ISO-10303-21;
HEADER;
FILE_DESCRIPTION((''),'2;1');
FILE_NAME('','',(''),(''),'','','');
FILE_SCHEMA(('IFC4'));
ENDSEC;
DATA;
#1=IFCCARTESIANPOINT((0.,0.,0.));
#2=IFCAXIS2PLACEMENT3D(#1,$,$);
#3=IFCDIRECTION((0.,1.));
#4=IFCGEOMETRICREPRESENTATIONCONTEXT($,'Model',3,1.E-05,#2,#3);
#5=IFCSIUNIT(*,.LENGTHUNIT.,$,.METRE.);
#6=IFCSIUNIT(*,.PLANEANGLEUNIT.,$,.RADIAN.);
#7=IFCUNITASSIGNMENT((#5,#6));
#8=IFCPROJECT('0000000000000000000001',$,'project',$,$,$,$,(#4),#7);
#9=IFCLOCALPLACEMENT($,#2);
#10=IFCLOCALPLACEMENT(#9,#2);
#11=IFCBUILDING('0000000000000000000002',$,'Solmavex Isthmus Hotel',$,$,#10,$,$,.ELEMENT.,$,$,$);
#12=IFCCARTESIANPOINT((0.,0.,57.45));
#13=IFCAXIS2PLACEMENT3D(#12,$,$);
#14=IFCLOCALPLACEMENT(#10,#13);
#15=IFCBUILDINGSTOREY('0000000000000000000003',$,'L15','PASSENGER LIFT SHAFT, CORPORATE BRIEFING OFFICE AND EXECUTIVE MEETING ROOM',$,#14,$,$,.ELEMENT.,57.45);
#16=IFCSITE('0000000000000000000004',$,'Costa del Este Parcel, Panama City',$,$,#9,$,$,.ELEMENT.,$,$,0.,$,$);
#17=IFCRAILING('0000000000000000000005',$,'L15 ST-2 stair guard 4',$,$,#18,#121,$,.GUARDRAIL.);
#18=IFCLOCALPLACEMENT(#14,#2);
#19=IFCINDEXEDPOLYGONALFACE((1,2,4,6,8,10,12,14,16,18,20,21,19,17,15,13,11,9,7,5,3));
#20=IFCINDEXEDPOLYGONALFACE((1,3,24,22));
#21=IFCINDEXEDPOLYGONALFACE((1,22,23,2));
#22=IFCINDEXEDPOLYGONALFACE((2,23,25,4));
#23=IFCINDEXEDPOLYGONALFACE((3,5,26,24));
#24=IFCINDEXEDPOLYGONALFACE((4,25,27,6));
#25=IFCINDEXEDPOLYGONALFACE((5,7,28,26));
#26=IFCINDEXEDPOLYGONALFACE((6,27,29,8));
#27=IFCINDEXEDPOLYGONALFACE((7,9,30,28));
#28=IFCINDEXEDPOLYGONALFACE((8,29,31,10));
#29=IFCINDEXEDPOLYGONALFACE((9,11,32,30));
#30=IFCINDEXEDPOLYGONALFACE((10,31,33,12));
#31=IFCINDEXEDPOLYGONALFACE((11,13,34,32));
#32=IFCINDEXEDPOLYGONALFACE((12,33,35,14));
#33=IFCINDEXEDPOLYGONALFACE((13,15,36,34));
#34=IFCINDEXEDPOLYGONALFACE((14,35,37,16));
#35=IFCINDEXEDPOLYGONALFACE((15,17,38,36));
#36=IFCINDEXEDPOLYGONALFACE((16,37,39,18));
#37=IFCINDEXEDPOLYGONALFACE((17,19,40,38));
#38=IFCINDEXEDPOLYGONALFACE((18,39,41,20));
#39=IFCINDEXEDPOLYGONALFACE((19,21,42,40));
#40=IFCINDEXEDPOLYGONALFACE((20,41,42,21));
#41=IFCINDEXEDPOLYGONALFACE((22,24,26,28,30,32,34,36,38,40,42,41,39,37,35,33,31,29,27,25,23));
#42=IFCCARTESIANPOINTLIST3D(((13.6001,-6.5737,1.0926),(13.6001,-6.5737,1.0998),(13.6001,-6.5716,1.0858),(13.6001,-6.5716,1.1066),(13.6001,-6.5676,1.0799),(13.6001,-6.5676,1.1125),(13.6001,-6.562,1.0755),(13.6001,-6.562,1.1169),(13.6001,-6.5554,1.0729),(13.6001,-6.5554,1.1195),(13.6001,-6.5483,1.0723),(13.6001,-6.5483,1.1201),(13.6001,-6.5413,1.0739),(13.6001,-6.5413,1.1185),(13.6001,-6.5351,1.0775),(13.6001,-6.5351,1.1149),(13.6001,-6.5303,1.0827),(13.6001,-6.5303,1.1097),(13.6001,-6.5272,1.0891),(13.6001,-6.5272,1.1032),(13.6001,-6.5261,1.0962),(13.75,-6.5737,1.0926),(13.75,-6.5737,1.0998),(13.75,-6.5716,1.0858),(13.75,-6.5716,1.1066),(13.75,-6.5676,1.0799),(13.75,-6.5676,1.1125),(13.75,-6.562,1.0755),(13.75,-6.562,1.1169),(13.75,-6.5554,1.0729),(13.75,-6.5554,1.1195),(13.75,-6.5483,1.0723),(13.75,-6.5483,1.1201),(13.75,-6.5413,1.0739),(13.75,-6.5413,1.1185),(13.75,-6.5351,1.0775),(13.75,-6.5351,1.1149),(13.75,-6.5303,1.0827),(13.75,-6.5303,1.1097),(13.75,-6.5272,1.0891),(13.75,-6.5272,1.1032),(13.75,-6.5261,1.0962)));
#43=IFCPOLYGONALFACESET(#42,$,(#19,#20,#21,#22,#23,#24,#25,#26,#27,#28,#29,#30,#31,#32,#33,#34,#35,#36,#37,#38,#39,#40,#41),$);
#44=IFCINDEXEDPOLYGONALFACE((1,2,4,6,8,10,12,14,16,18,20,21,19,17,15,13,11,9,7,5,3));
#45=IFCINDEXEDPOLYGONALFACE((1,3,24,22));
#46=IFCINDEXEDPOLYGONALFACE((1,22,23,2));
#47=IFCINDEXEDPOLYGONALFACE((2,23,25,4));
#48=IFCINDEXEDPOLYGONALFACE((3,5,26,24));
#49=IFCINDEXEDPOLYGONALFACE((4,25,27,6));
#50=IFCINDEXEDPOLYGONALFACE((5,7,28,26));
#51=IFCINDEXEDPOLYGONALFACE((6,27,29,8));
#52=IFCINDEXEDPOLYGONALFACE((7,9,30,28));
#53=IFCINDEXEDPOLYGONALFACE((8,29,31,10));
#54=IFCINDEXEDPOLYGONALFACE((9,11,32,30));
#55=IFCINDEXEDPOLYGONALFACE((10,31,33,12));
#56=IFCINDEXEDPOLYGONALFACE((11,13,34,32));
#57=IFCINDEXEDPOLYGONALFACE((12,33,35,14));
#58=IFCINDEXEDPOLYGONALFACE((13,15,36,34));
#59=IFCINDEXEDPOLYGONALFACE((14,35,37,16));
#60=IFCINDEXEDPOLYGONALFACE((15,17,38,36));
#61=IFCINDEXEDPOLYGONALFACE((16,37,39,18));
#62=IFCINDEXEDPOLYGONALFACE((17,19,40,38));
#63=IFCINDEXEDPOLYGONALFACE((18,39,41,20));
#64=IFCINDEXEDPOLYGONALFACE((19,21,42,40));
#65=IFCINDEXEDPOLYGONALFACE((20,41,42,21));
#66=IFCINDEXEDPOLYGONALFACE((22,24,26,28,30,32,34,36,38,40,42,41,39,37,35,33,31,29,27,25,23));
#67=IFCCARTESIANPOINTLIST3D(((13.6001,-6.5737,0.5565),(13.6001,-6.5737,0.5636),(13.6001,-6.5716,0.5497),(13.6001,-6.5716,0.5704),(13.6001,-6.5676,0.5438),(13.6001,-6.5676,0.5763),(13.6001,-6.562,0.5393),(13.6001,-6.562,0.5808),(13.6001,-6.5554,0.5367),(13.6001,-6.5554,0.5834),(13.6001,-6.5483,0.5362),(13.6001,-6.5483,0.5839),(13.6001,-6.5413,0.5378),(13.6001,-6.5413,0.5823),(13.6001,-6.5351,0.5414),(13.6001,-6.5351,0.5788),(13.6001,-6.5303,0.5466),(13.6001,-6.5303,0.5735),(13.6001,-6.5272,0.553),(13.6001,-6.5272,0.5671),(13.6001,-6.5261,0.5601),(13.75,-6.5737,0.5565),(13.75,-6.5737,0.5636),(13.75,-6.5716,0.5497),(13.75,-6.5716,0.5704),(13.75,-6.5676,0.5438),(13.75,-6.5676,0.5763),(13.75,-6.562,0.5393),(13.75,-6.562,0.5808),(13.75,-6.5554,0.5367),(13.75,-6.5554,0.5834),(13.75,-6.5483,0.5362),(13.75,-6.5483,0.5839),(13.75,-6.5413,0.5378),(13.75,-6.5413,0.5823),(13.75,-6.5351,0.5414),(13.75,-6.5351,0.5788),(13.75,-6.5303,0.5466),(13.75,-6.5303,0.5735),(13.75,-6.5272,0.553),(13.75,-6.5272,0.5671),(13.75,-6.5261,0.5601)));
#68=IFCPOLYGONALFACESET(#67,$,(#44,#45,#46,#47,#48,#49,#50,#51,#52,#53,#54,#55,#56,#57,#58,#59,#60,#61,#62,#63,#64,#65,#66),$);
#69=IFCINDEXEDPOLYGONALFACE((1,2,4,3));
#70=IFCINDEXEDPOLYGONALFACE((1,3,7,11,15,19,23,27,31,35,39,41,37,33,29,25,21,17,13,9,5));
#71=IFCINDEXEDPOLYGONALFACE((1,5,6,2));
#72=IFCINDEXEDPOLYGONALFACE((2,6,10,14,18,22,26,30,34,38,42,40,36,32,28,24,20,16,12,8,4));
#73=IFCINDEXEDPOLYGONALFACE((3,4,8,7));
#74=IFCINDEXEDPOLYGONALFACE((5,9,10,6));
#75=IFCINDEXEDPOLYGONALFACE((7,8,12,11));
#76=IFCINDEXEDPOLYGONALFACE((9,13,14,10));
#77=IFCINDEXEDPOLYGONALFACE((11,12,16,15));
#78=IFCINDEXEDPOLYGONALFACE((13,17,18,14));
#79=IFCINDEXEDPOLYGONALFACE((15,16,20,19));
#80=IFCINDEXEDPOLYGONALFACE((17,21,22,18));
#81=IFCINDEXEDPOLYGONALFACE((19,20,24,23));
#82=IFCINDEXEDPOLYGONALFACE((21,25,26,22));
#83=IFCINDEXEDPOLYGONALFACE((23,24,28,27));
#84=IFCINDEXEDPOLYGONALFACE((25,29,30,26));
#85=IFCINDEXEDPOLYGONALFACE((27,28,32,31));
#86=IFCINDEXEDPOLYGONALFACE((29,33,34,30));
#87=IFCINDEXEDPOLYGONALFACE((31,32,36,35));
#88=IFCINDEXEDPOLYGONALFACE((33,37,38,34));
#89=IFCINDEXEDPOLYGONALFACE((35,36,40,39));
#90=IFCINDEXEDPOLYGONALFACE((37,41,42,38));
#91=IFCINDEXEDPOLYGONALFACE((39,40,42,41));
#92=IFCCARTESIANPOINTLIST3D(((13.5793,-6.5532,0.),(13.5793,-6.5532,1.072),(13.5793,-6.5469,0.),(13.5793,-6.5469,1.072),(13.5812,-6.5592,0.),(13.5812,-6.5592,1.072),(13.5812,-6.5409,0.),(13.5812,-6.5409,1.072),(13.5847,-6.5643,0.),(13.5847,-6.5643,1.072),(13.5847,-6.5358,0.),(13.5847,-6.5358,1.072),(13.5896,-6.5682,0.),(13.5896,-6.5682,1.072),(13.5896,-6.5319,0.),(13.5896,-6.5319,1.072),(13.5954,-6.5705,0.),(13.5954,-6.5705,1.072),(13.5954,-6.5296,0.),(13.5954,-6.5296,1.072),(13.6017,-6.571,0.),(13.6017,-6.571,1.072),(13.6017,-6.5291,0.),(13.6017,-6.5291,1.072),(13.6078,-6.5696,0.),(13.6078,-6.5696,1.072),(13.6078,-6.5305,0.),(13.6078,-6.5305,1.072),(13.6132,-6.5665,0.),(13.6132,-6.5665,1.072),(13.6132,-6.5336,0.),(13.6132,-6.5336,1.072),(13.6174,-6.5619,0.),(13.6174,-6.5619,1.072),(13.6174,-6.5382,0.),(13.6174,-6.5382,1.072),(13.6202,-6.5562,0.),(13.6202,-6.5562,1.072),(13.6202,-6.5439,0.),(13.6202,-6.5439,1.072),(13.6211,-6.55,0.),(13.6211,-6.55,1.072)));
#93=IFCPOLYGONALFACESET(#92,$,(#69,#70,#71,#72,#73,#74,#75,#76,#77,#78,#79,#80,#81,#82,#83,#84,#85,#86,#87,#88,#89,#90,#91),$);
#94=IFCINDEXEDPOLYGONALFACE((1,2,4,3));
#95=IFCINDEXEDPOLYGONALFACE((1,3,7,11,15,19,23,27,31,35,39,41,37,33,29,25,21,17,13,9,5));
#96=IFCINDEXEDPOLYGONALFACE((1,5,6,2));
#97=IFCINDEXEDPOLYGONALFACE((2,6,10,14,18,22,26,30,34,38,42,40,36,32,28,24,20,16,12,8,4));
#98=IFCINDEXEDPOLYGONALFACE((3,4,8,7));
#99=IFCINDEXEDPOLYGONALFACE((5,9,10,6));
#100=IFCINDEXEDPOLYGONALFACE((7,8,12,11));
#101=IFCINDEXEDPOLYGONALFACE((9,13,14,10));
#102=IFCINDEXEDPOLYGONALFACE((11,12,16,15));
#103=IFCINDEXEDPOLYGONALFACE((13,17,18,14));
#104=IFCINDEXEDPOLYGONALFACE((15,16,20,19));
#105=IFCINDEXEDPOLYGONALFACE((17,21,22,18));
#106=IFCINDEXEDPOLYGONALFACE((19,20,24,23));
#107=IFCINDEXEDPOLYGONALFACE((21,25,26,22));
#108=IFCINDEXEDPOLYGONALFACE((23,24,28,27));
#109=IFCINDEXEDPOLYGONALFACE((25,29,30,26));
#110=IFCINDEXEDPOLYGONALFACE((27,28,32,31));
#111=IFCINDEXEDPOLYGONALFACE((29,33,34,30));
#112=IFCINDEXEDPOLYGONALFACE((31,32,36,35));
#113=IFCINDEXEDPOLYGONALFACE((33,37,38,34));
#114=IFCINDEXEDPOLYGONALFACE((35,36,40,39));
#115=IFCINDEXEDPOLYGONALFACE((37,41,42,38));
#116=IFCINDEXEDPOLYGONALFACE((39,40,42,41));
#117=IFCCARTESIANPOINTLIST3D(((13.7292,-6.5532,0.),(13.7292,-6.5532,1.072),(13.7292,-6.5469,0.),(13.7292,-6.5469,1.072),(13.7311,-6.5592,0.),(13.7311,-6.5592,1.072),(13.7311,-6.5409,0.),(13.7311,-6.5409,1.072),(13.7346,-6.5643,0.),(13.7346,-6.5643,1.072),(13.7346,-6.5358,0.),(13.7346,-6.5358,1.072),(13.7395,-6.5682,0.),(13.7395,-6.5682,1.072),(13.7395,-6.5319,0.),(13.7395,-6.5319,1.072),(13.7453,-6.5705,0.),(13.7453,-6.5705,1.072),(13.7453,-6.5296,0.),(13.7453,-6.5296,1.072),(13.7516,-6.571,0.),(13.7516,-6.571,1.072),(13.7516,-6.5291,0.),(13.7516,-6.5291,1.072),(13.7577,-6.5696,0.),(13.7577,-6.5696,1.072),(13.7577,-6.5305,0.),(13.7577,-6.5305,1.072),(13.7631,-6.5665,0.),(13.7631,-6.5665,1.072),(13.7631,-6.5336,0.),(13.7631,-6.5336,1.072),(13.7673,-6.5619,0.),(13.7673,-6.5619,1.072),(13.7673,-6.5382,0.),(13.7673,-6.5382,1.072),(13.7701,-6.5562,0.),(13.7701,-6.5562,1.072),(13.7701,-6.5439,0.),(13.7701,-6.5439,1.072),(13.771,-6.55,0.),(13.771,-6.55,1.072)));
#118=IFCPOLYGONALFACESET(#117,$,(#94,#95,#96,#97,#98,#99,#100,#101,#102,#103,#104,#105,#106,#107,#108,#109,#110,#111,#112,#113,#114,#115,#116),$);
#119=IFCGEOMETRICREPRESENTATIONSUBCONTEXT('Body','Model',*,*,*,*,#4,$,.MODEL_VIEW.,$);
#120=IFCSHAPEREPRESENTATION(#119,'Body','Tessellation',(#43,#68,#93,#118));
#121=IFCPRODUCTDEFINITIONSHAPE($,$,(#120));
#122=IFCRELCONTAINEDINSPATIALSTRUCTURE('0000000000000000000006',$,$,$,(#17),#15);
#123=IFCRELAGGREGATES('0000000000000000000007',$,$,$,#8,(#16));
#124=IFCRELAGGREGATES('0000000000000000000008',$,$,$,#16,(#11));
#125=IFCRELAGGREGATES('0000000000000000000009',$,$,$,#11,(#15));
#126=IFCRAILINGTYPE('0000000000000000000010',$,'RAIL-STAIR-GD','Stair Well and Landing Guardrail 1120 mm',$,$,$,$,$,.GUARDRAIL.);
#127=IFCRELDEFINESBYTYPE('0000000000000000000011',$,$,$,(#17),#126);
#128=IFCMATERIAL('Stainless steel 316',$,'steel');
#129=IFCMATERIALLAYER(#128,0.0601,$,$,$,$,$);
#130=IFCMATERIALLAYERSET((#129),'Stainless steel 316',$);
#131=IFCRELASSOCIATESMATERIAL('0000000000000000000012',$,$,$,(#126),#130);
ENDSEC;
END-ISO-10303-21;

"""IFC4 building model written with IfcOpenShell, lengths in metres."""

from ifc_helpers import new_model, si_unit, direction, frame, origin, origin_2d, place, context, subcontext, project, spatial, circle, extrude, material, layer, layer_set, type_object, element, save


model = new_model("IFC4")

# Units and contexts
model_context = context("Model", 3, precision=1e-05, world=origin(), true_north=direction((0.0, 1.0)))
body_context = subcontext(model_context, "Body", "Model", "MODEL_VIEW")
ifc_project = project(units=[si_unit("LENGTHUNIT", "METRE"), si_unit("PLANEANGLEUNIT", "RADIAN")], contexts=[model_context])

# Site, building, storey
site_placement = place(None, origin())
site = spatial("IfcSite", under=ifc_project, at=site_placement, Name="Costa del Este Parcel, Panama City", CompositionType="ELEMENT", RefElevation=0.0)
building_placement = place(site_placement, origin())
building = spatial("IfcBuilding", under=site, at=building_placement, Name="Solmavex Isthmus Hotel", CompositionType="ELEMENT")
storey_placement = place(building_placement, frame((0.0, 0.0, 57.45)))
storey = spatial("IfcBuildingStorey", under=building, at=storey_placement, Name="L15", Description="PASSENGER LIFT SHAFT, CORPORATE BRIEFING OFFICE AND EXECUTIVE MEETING ROOM", CompositionType="ELEMENT", Elevation=57.45)

# Railing
ifc_material_1 = material(Name="Stainless steel 316", Category="steel")
ifc_layer_1 = layer(ifc_material_1, 0.0601)
ifc_layer_set_1 = layer_set([ifc_layer_1], Name="Stainless steel 316")
railing_type_1 = type_object("IfcRailingType", Name="RAIL-STAIR-GD", Description="Stair Well and Landing Guardrail 1120 mm", PredefinedType="GUARDRAIL", material=ifc_layer_set_1)
railing_1_placement = place(storey_placement, frame((13.6001, -6.55, 0.0)))
element("IfcRailing", 1, at=railing_1_placement, inside=storey, type_object=railing_type_1, Name="L15 ST-2 stair guard 4", PredefinedType="GUARDRAIL", context=body_context, shape_type="SweptSolid", body=[
    extrude(circle(Radius=0.0239, at=origin_2d()), frame((0.0, 0.0, 1.0962), z_axis=(1.0, 0.0, 0.0), x_axis=(0.0, 1.0, 0.0)), (0.0, 0.0, 1.0), 0.1499),
    extrude(circle(Radius=0.0239, at=origin_2d()), frame((0.0, 0.0, 0.5601), z_axis=(1.0, 0.0, 0.0), x_axis=(0.0, 1.0, 0.0)), (0.0, 0.0, 1.0), 0.1499),
    extrude(circle(Radius=0.021, at=origin_2d()), origin(), (0.0, 0.0, 1.0), 1.072),
    extrude(circle(Radius=0.021, at=origin_2d()), frame((0.1499, 0.0, 0.0)), (0.0, 0.0, 1.0), 1.072),
])

save(model, "model.ifc")
